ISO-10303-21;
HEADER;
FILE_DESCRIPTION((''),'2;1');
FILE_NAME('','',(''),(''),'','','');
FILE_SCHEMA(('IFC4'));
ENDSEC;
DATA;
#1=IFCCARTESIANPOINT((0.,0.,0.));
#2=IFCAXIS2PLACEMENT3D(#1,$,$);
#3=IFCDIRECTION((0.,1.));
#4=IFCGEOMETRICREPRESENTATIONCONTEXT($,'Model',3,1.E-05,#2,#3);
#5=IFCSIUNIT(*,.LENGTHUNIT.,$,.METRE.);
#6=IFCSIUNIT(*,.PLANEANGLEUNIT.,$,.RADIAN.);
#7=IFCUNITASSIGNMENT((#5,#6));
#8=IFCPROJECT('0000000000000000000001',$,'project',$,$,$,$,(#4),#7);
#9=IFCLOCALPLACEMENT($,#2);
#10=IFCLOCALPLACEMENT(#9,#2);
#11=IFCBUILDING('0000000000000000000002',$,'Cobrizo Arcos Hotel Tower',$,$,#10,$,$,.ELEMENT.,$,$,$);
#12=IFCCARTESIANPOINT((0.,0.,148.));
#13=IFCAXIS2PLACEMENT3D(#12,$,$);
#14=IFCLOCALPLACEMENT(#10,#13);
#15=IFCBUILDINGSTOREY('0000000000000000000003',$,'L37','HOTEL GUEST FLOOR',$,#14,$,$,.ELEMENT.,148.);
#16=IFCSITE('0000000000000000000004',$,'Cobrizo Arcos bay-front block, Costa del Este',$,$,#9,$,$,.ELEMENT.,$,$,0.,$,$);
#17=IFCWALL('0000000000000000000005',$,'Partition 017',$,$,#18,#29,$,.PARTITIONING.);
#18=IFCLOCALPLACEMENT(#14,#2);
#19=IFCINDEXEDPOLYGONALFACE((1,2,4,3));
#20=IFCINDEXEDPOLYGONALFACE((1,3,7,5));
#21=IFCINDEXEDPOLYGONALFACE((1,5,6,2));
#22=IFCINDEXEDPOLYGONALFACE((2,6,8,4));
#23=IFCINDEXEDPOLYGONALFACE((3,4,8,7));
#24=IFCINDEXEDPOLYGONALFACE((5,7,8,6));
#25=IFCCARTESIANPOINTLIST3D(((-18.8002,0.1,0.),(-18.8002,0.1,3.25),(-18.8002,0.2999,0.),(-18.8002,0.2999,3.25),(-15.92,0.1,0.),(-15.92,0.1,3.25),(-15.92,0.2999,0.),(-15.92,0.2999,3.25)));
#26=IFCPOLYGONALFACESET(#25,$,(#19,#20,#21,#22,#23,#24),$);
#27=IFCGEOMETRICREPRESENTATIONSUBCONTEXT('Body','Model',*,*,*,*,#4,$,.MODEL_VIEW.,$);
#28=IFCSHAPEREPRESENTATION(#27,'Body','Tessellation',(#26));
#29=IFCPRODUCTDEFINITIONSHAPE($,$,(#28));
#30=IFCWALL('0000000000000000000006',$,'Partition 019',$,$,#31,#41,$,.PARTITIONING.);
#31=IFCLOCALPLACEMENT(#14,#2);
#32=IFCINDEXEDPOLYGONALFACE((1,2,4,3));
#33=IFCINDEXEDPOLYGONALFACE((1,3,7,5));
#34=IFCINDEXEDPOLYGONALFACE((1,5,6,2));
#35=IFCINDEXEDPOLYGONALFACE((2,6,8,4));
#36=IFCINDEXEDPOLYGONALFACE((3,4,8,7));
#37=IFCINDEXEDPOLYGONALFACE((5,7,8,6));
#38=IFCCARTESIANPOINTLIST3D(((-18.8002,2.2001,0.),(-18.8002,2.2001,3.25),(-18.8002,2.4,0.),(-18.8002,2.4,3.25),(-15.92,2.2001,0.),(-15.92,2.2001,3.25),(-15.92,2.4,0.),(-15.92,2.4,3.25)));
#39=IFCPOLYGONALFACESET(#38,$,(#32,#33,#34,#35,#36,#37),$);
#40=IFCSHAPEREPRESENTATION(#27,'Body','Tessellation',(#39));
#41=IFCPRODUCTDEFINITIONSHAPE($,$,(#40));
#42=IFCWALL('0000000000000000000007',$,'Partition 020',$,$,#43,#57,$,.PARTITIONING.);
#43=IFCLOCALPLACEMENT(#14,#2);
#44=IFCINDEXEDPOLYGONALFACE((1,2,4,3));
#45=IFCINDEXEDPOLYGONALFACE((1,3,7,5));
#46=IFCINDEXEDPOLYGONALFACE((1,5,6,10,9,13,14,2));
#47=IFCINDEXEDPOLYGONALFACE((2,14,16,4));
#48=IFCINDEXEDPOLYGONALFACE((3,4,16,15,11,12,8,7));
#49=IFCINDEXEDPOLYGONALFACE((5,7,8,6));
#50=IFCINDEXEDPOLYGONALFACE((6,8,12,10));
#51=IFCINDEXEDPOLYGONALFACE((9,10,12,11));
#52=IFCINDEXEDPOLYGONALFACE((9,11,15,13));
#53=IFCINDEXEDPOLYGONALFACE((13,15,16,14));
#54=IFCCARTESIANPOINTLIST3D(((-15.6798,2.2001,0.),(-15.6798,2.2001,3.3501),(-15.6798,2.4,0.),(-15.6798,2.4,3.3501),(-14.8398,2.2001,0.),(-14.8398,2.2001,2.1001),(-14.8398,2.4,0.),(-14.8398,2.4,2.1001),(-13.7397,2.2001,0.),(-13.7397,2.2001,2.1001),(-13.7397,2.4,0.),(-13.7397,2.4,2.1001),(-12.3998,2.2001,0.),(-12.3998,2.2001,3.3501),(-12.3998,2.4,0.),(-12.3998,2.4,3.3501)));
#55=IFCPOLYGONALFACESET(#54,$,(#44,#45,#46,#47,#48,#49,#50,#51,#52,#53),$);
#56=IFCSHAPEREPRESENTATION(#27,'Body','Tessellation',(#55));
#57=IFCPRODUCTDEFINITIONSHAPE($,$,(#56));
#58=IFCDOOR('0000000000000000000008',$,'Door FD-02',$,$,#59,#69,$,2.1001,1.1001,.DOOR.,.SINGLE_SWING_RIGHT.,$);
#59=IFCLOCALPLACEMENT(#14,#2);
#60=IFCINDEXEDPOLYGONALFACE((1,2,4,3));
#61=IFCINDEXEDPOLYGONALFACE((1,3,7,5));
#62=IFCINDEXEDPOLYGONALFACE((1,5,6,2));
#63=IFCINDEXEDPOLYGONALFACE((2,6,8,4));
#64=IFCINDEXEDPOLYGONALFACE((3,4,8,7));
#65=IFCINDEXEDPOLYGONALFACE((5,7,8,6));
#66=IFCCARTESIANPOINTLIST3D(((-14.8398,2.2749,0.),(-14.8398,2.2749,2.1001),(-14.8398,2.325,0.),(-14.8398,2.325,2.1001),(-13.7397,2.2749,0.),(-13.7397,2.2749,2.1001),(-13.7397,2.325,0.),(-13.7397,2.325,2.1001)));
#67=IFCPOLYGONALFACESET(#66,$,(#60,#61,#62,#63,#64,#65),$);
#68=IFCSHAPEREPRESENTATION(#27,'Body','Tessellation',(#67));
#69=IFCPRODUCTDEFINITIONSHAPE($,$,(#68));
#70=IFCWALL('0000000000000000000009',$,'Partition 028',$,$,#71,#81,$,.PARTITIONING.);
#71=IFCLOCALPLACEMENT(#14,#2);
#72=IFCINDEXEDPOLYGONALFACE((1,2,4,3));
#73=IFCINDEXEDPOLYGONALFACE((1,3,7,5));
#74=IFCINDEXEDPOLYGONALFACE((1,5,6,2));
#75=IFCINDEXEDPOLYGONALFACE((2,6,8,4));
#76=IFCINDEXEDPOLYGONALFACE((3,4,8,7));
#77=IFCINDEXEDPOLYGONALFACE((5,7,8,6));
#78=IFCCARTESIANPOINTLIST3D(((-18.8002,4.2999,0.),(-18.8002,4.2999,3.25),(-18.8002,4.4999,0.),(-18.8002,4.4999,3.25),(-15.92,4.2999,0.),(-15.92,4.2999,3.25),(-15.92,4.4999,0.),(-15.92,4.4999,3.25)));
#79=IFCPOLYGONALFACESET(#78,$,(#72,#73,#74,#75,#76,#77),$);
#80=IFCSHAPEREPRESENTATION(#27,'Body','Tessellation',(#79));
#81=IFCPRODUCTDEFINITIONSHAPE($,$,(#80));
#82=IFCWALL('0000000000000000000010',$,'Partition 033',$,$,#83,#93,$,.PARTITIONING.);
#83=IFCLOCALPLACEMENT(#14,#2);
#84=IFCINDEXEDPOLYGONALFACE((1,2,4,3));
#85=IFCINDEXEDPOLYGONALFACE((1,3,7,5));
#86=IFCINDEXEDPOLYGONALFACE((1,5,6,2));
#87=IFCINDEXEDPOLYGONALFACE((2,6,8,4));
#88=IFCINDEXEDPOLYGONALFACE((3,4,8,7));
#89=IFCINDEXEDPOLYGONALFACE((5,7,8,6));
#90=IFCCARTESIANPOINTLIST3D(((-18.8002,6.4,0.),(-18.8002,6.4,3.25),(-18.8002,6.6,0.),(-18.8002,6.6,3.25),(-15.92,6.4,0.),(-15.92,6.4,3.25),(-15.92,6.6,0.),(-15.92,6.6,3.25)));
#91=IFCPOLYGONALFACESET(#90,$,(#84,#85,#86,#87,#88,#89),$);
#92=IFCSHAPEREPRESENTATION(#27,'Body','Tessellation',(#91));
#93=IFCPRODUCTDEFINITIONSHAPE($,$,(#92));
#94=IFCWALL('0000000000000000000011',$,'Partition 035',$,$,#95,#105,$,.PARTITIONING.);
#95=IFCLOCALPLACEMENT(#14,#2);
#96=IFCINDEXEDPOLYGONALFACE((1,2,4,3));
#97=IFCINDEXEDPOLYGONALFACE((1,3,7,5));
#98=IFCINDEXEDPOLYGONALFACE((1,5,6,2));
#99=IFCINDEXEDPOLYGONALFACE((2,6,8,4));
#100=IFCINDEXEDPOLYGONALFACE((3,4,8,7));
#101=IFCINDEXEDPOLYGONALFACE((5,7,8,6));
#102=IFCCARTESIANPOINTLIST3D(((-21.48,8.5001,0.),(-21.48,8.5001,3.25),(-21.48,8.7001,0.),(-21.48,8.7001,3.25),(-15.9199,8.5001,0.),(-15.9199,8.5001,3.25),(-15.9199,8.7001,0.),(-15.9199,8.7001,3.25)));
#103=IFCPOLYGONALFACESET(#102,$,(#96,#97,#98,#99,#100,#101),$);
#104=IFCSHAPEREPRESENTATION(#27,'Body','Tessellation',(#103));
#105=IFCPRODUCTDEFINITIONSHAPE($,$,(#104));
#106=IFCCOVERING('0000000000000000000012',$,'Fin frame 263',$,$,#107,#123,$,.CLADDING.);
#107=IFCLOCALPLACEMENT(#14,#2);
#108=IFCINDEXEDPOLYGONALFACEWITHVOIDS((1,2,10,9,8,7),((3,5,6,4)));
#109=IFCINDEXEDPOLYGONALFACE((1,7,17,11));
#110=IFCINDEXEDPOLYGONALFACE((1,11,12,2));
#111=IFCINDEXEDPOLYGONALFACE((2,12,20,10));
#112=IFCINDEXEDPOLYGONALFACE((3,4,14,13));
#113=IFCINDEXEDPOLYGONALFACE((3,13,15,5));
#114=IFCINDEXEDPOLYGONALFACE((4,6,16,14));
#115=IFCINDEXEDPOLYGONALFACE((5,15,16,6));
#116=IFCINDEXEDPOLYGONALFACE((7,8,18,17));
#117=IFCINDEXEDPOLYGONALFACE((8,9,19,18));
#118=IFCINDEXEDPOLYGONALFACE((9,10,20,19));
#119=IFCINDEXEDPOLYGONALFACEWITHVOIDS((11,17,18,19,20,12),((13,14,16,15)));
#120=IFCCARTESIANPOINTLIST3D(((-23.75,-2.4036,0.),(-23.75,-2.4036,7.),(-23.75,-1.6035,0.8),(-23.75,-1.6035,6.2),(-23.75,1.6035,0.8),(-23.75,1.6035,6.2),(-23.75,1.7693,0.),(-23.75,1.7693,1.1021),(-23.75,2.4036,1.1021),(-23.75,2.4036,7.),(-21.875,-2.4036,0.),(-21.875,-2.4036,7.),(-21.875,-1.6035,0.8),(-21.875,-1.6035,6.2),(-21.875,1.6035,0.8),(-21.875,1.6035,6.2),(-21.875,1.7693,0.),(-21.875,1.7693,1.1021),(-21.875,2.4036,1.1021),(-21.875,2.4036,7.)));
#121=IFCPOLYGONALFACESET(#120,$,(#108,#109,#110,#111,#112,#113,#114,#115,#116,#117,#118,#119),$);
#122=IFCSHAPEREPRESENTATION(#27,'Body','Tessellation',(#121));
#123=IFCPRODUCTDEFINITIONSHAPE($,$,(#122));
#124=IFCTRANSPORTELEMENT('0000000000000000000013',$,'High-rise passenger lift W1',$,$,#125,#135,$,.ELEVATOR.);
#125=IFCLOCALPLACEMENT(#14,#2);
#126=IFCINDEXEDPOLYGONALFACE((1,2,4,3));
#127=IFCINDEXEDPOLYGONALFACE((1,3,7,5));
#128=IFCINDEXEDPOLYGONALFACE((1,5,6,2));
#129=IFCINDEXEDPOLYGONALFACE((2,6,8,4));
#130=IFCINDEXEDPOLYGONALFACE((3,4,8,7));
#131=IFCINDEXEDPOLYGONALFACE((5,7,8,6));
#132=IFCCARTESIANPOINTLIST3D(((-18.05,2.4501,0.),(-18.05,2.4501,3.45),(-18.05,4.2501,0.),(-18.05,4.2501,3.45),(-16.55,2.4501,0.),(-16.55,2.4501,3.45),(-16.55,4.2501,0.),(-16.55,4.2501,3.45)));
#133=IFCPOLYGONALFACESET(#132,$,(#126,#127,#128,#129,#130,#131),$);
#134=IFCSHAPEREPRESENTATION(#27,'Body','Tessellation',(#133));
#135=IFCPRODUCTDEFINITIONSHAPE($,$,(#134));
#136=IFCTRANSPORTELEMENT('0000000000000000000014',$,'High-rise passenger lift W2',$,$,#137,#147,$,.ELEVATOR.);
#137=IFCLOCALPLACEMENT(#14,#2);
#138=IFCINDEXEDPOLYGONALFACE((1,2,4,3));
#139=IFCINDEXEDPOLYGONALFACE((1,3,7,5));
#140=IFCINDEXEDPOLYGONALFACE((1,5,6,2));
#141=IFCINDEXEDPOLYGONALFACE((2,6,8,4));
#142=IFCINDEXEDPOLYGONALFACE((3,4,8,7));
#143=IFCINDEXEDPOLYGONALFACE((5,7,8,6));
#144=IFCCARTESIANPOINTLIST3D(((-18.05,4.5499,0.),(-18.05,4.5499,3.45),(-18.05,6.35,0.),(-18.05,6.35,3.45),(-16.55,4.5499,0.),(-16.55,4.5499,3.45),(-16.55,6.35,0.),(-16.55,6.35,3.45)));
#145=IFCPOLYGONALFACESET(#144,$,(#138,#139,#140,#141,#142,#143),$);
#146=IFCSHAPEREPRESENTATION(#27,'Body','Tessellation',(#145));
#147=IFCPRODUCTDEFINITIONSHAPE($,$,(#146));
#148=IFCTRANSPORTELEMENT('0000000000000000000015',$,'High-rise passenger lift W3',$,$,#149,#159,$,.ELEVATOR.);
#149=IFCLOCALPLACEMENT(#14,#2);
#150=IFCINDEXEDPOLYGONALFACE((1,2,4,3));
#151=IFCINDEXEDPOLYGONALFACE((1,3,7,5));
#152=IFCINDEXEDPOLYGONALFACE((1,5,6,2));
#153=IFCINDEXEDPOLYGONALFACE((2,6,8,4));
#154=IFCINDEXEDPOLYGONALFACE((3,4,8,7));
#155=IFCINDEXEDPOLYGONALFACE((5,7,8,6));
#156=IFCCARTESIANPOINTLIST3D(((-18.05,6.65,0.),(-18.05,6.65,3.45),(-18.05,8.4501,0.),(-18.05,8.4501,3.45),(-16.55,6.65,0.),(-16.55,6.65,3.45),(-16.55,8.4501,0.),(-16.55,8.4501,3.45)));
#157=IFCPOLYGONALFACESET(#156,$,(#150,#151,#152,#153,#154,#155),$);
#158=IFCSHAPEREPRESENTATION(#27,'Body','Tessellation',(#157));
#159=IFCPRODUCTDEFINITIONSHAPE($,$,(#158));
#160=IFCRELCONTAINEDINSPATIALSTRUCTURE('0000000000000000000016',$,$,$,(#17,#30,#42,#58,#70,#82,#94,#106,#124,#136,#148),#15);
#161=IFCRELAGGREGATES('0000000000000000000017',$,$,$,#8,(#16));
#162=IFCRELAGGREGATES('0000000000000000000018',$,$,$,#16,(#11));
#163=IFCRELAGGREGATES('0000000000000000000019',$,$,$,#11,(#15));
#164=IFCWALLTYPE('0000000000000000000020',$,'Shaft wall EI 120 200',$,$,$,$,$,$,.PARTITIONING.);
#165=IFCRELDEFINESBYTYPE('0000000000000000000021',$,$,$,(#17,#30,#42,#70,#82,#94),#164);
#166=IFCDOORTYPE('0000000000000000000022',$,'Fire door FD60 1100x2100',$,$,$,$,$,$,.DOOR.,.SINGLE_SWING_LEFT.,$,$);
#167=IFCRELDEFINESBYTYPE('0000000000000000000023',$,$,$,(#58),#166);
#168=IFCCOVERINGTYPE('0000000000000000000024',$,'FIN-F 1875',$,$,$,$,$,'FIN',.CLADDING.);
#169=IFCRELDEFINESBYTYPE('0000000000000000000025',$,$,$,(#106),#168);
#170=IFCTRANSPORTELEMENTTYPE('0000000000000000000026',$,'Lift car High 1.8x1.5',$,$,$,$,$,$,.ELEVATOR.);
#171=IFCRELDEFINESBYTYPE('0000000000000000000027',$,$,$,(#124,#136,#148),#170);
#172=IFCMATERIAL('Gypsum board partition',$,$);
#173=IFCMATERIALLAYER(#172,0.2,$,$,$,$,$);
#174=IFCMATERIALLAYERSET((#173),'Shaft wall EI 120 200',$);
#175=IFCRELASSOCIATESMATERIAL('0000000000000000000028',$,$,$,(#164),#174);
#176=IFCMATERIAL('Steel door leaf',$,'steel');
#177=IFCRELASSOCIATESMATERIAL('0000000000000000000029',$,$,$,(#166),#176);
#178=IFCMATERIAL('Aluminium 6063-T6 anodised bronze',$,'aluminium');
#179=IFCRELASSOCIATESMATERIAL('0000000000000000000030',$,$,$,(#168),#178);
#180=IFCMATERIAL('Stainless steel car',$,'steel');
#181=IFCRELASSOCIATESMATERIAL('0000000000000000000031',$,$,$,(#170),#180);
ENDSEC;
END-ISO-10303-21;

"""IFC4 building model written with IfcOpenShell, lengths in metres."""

from ifc_helpers import new_model, si_unit, direction, frame, frame_2d, origin, origin_2d, place, context, subcontext, project, spatial, polyline, rectangle, outline, extrude, material, layer, layer_set, type_object, element, fill, save


model = new_model("IFC4")

# Units and contexts
model_context = context("Model", 3, precision=1e-05, world=origin(), true_north=direction((0.0, 1.0)))
body_context = subcontext(model_context, "Body", "Model", "MODEL_VIEW")
ifc_project = project(units=[si_unit("LENGTHUNIT", "METRE"), si_unit("PLANEANGLEUNIT", "RADIAN")], contexts=[model_context])

# Site, building, storey
site_placement = place(None, origin())
site = spatial("IfcSite", under=ifc_project, at=site_placement, Name="Cobrizo Arcos bay-front block, Costa del Este", CompositionType="ELEMENT", RefElevation=0.0)
building_placement = place(site_placement, origin())
building = spatial("IfcBuilding", under=site, at=building_placement, Name="Cobrizo Arcos Hotel Tower", CompositionType="ELEMENT")
storey_placement = place(building_placement, frame((0.0, 0.0, 148.0)))
storey = spatial("IfcBuildingStorey", under=building, at=storey_placement, Name="L37", Description="HOTEL GUEST FLOOR", CompositionType="ELEMENT", Elevation=148.0)

# Shared definitions
ifc_material_1 = material(Name="Gypsum board partition")

# Walls
ifc_layer_1 = layer(ifc_material_1, 0.2)
ifc_layer_set_1 = layer_set([ifc_layer_1], Name="Shaft wall EI 120 200")
wall_type_1 = type_object("IfcWallType", Name="Shaft wall EI 120 200", PredefinedType="PARTITIONING", material=ifc_layer_set_1)
for number, where, z_axis, x_axis, name in (
    (1, (-18.8, 0.2, 0.0), (0.0, 0.0, 1.0), (1.0, 0.0, 0.0), "Partition 017"),
    (2, (-18.8, 2.3, 0.0), (0.0, 0.0, 1.0), (1.0, 0.0, 0.0), "Partition 019"),
):
    element("IfcWall", number, at=place(storey_placement, frame(where, z_axis=z_axis, x_axis=x_axis)), inside=storey, type_object=wall_type_1, Name=name, PredefinedType="PARTITIONING", context=body_context, shape_type="SweptSolid", body=[
        extrude(rectangle(XDim=2.8801, YDim=0.2, at=frame_2d((1.4399, 0.0))), origin(), (0.0, 0.0, 1.0), 3.25),
    ])

# Wall, opening, door
wall_1_placement = place(storey_placement, frame((-15.6799, 2.3, 0.0), z_axis=(0.0, 0.0, 1.0), x_axis=(1.0, 0.0, 0.0)))
wall_1 = element("IfcWall", 3, at=wall_1_placement, inside=storey, type_object=wall_type_1, Name="Partition 020", PredefinedType="PARTITIONING", context=body_context, shape_type="SweptSolid", body=[
    extrude(rectangle(XDim=3.28, YDim=0.2, at=frame_2d((1.6401, 0.0))), origin(), (0.0, 0.0, 1.0), 3.3501),
])
opening_1_placement = place(wall_1_placement, frame((0.8401, 0.0, 0.0)))
opening_1 = element("IfcOpeningElement", 4, at=opening_1_placement, cuts=wall_1, PredefinedType="OPENING", context=body_context, shape_type="SweptSolid", body=[
    extrude(rectangle(XDim=1.1001, YDim=2.1001, at=frame_2d((0.55, 1.05))), frame((0.0, 0.1121, 0.0), z_axis=(0.0, -1.0, 0.0), x_axis=(1.0, 0.0, 0.0)), (0.0, 0.0, 1.0), 0.2239),
])
ifc_material_2 = material(Name="Steel door leaf", Category="steel")
door_type_1 = type_object("IfcDoorType", Name="Fire door FD60 1100x2100", OperationType="SINGLE_SWING_LEFT", PredefinedType="DOOR", material=ifc_material_2)
door_1_placement = place(opening_1_placement, origin())
door_1 = element("IfcDoor", 5, at=door_1_placement, inside=storey, type_object=door_type_1, Name="Door FD-02", OperationType="SINGLE_SWING_RIGHT", OverallHeight=2.1001, OverallWidth=1.1001, PredefinedType="DOOR", context=body_context, shape_type="SweptSolid", body=[
    extrude(rectangle(XDim=1.1001, YDim=2.1001, at=frame_2d((0.55, 1.05))), frame((0.0, 0.0249, 0.0), z_axis=(0.0, -1.0, 0.0), x_axis=(1.0, 0.0, 0.0)), (0.0, 0.0, 1.0), 0.05),
])
fill(opening_1, door_1)

# Walls
for number, where, z_axis, x_axis, name in (
    (6, (-18.8, 4.3999, 0.0), (0.0, 0.0, 1.0), (1.0, 0.0, 0.0), "Partition 028"),
    (7, (-18.8, 6.5, 0.0), (0.0, 0.0, 1.0), (1.0, 0.0, 0.0), "Partition 033"),
):
    element("IfcWall", number, at=place(storey_placement, frame(where, z_axis=z_axis, x_axis=x_axis)), inside=storey, type_object=wall_type_1, Name=name, PredefinedType="PARTITIONING", context=body_context, shape_type="SweptSolid", body=[
        extrude(rectangle(XDim=2.8801, YDim=0.2, at=frame_2d((1.4399, 0.0))), origin(), (0.0, 0.0, 1.0), 3.25),
    ])
wall_2_placement = place(storey_placement, frame((-21.48, 8.6001, 0.0), z_axis=(0.0, 0.0, 1.0), x_axis=(1.0, 0.0, 0.0)))
element("IfcWall", 8, at=wall_2_placement, inside=storey, type_object=wall_type_1, Name="Partition 035", PredefinedType="PARTITIONING", context=body_context, shape_type="SweptSolid", body=[
    extrude(rectangle(XDim=5.5601, YDim=0.2, at=frame_2d((2.78, 0.0))), origin(), (0.0, 0.0, 1.0), 3.25),
])

# Covering
ifc_material_3 = material(Name="Aluminium 6063-T6 anodised bronze", Category="aluminium")
covering_type = type_object("IfcCoveringType", Name="FIN-F 1875", ElementType="FIN", PredefinedType="CLADDING", material=ifc_material_3)
covering_placement = place(storey_placement, frame((-21.875, 2.4036, 0.0), z_axis=(-1.0, 0.0, 0.0), x_axis=(0.0, -1.0, 0.0)))
element("IfcCovering", 9, at=covering_placement, inside=storey, type_object=covering_type, Name="Fin frame 263", PredefinedType="CLADDING", context=body_context, shape_type="SweptSolid", body=[
    extrude(outline(polyline([(0.0, 7.0), (0.0, 1.1021), (0.6343, 1.1021), (0.6343, 0.0), (4.8071, 0.0), (4.8071, 7.0), (0.0, 7.0)]), holes=[polyline([(4.0071, 0.8), (0.8, 0.8), (0.8, 6.2), (4.0071, 6.2), (4.0071, 0.8)])]), origin(), (0.0, 0.0, 1.0), 1.875),
])

# Transport elements
ifc_material_4 = material(Name="Stainless steel car", Category="steel")
transport_element_type = type_object("IfcTransportElementType", Name="Lift car High 1.8x1.5", PredefinedType="ELEVATOR", material=ifc_material_4)
for number, where, z_axis, x_axis, name in (
    (10, (-17.3, 3.3501, 0.0), (0.0, 0.0, 1.0), (1.0, 0.0, 0.0), "High-rise passenger lift W1"),
    (11, (-17.3, 5.45, 0.0), (0.0, 0.0, 1.0), (1.0, 0.0, 0.0), "High-rise passenger lift W2"),
    (12, (-17.3, 7.55, 0.0), (0.0, 0.0, 1.0), (1.0, 0.0, 0.0), "High-rise passenger lift W3"),
):
    element("IfcTransportElement", number, at=place(storey_placement, frame(where, z_axis=z_axis, x_axis=x_axis)), inside=storey, type_object=transport_element_type, Name=name, PredefinedType="ELEVATOR", context=body_context, shape_type="SweptSolid", body=[
        extrude(rectangle(XDim=1.5, YDim=1.8, at=origin_2d()), origin(), (0.0, 0.0, 1.0), 3.45),
    ])

save(model, "model.ifc")
